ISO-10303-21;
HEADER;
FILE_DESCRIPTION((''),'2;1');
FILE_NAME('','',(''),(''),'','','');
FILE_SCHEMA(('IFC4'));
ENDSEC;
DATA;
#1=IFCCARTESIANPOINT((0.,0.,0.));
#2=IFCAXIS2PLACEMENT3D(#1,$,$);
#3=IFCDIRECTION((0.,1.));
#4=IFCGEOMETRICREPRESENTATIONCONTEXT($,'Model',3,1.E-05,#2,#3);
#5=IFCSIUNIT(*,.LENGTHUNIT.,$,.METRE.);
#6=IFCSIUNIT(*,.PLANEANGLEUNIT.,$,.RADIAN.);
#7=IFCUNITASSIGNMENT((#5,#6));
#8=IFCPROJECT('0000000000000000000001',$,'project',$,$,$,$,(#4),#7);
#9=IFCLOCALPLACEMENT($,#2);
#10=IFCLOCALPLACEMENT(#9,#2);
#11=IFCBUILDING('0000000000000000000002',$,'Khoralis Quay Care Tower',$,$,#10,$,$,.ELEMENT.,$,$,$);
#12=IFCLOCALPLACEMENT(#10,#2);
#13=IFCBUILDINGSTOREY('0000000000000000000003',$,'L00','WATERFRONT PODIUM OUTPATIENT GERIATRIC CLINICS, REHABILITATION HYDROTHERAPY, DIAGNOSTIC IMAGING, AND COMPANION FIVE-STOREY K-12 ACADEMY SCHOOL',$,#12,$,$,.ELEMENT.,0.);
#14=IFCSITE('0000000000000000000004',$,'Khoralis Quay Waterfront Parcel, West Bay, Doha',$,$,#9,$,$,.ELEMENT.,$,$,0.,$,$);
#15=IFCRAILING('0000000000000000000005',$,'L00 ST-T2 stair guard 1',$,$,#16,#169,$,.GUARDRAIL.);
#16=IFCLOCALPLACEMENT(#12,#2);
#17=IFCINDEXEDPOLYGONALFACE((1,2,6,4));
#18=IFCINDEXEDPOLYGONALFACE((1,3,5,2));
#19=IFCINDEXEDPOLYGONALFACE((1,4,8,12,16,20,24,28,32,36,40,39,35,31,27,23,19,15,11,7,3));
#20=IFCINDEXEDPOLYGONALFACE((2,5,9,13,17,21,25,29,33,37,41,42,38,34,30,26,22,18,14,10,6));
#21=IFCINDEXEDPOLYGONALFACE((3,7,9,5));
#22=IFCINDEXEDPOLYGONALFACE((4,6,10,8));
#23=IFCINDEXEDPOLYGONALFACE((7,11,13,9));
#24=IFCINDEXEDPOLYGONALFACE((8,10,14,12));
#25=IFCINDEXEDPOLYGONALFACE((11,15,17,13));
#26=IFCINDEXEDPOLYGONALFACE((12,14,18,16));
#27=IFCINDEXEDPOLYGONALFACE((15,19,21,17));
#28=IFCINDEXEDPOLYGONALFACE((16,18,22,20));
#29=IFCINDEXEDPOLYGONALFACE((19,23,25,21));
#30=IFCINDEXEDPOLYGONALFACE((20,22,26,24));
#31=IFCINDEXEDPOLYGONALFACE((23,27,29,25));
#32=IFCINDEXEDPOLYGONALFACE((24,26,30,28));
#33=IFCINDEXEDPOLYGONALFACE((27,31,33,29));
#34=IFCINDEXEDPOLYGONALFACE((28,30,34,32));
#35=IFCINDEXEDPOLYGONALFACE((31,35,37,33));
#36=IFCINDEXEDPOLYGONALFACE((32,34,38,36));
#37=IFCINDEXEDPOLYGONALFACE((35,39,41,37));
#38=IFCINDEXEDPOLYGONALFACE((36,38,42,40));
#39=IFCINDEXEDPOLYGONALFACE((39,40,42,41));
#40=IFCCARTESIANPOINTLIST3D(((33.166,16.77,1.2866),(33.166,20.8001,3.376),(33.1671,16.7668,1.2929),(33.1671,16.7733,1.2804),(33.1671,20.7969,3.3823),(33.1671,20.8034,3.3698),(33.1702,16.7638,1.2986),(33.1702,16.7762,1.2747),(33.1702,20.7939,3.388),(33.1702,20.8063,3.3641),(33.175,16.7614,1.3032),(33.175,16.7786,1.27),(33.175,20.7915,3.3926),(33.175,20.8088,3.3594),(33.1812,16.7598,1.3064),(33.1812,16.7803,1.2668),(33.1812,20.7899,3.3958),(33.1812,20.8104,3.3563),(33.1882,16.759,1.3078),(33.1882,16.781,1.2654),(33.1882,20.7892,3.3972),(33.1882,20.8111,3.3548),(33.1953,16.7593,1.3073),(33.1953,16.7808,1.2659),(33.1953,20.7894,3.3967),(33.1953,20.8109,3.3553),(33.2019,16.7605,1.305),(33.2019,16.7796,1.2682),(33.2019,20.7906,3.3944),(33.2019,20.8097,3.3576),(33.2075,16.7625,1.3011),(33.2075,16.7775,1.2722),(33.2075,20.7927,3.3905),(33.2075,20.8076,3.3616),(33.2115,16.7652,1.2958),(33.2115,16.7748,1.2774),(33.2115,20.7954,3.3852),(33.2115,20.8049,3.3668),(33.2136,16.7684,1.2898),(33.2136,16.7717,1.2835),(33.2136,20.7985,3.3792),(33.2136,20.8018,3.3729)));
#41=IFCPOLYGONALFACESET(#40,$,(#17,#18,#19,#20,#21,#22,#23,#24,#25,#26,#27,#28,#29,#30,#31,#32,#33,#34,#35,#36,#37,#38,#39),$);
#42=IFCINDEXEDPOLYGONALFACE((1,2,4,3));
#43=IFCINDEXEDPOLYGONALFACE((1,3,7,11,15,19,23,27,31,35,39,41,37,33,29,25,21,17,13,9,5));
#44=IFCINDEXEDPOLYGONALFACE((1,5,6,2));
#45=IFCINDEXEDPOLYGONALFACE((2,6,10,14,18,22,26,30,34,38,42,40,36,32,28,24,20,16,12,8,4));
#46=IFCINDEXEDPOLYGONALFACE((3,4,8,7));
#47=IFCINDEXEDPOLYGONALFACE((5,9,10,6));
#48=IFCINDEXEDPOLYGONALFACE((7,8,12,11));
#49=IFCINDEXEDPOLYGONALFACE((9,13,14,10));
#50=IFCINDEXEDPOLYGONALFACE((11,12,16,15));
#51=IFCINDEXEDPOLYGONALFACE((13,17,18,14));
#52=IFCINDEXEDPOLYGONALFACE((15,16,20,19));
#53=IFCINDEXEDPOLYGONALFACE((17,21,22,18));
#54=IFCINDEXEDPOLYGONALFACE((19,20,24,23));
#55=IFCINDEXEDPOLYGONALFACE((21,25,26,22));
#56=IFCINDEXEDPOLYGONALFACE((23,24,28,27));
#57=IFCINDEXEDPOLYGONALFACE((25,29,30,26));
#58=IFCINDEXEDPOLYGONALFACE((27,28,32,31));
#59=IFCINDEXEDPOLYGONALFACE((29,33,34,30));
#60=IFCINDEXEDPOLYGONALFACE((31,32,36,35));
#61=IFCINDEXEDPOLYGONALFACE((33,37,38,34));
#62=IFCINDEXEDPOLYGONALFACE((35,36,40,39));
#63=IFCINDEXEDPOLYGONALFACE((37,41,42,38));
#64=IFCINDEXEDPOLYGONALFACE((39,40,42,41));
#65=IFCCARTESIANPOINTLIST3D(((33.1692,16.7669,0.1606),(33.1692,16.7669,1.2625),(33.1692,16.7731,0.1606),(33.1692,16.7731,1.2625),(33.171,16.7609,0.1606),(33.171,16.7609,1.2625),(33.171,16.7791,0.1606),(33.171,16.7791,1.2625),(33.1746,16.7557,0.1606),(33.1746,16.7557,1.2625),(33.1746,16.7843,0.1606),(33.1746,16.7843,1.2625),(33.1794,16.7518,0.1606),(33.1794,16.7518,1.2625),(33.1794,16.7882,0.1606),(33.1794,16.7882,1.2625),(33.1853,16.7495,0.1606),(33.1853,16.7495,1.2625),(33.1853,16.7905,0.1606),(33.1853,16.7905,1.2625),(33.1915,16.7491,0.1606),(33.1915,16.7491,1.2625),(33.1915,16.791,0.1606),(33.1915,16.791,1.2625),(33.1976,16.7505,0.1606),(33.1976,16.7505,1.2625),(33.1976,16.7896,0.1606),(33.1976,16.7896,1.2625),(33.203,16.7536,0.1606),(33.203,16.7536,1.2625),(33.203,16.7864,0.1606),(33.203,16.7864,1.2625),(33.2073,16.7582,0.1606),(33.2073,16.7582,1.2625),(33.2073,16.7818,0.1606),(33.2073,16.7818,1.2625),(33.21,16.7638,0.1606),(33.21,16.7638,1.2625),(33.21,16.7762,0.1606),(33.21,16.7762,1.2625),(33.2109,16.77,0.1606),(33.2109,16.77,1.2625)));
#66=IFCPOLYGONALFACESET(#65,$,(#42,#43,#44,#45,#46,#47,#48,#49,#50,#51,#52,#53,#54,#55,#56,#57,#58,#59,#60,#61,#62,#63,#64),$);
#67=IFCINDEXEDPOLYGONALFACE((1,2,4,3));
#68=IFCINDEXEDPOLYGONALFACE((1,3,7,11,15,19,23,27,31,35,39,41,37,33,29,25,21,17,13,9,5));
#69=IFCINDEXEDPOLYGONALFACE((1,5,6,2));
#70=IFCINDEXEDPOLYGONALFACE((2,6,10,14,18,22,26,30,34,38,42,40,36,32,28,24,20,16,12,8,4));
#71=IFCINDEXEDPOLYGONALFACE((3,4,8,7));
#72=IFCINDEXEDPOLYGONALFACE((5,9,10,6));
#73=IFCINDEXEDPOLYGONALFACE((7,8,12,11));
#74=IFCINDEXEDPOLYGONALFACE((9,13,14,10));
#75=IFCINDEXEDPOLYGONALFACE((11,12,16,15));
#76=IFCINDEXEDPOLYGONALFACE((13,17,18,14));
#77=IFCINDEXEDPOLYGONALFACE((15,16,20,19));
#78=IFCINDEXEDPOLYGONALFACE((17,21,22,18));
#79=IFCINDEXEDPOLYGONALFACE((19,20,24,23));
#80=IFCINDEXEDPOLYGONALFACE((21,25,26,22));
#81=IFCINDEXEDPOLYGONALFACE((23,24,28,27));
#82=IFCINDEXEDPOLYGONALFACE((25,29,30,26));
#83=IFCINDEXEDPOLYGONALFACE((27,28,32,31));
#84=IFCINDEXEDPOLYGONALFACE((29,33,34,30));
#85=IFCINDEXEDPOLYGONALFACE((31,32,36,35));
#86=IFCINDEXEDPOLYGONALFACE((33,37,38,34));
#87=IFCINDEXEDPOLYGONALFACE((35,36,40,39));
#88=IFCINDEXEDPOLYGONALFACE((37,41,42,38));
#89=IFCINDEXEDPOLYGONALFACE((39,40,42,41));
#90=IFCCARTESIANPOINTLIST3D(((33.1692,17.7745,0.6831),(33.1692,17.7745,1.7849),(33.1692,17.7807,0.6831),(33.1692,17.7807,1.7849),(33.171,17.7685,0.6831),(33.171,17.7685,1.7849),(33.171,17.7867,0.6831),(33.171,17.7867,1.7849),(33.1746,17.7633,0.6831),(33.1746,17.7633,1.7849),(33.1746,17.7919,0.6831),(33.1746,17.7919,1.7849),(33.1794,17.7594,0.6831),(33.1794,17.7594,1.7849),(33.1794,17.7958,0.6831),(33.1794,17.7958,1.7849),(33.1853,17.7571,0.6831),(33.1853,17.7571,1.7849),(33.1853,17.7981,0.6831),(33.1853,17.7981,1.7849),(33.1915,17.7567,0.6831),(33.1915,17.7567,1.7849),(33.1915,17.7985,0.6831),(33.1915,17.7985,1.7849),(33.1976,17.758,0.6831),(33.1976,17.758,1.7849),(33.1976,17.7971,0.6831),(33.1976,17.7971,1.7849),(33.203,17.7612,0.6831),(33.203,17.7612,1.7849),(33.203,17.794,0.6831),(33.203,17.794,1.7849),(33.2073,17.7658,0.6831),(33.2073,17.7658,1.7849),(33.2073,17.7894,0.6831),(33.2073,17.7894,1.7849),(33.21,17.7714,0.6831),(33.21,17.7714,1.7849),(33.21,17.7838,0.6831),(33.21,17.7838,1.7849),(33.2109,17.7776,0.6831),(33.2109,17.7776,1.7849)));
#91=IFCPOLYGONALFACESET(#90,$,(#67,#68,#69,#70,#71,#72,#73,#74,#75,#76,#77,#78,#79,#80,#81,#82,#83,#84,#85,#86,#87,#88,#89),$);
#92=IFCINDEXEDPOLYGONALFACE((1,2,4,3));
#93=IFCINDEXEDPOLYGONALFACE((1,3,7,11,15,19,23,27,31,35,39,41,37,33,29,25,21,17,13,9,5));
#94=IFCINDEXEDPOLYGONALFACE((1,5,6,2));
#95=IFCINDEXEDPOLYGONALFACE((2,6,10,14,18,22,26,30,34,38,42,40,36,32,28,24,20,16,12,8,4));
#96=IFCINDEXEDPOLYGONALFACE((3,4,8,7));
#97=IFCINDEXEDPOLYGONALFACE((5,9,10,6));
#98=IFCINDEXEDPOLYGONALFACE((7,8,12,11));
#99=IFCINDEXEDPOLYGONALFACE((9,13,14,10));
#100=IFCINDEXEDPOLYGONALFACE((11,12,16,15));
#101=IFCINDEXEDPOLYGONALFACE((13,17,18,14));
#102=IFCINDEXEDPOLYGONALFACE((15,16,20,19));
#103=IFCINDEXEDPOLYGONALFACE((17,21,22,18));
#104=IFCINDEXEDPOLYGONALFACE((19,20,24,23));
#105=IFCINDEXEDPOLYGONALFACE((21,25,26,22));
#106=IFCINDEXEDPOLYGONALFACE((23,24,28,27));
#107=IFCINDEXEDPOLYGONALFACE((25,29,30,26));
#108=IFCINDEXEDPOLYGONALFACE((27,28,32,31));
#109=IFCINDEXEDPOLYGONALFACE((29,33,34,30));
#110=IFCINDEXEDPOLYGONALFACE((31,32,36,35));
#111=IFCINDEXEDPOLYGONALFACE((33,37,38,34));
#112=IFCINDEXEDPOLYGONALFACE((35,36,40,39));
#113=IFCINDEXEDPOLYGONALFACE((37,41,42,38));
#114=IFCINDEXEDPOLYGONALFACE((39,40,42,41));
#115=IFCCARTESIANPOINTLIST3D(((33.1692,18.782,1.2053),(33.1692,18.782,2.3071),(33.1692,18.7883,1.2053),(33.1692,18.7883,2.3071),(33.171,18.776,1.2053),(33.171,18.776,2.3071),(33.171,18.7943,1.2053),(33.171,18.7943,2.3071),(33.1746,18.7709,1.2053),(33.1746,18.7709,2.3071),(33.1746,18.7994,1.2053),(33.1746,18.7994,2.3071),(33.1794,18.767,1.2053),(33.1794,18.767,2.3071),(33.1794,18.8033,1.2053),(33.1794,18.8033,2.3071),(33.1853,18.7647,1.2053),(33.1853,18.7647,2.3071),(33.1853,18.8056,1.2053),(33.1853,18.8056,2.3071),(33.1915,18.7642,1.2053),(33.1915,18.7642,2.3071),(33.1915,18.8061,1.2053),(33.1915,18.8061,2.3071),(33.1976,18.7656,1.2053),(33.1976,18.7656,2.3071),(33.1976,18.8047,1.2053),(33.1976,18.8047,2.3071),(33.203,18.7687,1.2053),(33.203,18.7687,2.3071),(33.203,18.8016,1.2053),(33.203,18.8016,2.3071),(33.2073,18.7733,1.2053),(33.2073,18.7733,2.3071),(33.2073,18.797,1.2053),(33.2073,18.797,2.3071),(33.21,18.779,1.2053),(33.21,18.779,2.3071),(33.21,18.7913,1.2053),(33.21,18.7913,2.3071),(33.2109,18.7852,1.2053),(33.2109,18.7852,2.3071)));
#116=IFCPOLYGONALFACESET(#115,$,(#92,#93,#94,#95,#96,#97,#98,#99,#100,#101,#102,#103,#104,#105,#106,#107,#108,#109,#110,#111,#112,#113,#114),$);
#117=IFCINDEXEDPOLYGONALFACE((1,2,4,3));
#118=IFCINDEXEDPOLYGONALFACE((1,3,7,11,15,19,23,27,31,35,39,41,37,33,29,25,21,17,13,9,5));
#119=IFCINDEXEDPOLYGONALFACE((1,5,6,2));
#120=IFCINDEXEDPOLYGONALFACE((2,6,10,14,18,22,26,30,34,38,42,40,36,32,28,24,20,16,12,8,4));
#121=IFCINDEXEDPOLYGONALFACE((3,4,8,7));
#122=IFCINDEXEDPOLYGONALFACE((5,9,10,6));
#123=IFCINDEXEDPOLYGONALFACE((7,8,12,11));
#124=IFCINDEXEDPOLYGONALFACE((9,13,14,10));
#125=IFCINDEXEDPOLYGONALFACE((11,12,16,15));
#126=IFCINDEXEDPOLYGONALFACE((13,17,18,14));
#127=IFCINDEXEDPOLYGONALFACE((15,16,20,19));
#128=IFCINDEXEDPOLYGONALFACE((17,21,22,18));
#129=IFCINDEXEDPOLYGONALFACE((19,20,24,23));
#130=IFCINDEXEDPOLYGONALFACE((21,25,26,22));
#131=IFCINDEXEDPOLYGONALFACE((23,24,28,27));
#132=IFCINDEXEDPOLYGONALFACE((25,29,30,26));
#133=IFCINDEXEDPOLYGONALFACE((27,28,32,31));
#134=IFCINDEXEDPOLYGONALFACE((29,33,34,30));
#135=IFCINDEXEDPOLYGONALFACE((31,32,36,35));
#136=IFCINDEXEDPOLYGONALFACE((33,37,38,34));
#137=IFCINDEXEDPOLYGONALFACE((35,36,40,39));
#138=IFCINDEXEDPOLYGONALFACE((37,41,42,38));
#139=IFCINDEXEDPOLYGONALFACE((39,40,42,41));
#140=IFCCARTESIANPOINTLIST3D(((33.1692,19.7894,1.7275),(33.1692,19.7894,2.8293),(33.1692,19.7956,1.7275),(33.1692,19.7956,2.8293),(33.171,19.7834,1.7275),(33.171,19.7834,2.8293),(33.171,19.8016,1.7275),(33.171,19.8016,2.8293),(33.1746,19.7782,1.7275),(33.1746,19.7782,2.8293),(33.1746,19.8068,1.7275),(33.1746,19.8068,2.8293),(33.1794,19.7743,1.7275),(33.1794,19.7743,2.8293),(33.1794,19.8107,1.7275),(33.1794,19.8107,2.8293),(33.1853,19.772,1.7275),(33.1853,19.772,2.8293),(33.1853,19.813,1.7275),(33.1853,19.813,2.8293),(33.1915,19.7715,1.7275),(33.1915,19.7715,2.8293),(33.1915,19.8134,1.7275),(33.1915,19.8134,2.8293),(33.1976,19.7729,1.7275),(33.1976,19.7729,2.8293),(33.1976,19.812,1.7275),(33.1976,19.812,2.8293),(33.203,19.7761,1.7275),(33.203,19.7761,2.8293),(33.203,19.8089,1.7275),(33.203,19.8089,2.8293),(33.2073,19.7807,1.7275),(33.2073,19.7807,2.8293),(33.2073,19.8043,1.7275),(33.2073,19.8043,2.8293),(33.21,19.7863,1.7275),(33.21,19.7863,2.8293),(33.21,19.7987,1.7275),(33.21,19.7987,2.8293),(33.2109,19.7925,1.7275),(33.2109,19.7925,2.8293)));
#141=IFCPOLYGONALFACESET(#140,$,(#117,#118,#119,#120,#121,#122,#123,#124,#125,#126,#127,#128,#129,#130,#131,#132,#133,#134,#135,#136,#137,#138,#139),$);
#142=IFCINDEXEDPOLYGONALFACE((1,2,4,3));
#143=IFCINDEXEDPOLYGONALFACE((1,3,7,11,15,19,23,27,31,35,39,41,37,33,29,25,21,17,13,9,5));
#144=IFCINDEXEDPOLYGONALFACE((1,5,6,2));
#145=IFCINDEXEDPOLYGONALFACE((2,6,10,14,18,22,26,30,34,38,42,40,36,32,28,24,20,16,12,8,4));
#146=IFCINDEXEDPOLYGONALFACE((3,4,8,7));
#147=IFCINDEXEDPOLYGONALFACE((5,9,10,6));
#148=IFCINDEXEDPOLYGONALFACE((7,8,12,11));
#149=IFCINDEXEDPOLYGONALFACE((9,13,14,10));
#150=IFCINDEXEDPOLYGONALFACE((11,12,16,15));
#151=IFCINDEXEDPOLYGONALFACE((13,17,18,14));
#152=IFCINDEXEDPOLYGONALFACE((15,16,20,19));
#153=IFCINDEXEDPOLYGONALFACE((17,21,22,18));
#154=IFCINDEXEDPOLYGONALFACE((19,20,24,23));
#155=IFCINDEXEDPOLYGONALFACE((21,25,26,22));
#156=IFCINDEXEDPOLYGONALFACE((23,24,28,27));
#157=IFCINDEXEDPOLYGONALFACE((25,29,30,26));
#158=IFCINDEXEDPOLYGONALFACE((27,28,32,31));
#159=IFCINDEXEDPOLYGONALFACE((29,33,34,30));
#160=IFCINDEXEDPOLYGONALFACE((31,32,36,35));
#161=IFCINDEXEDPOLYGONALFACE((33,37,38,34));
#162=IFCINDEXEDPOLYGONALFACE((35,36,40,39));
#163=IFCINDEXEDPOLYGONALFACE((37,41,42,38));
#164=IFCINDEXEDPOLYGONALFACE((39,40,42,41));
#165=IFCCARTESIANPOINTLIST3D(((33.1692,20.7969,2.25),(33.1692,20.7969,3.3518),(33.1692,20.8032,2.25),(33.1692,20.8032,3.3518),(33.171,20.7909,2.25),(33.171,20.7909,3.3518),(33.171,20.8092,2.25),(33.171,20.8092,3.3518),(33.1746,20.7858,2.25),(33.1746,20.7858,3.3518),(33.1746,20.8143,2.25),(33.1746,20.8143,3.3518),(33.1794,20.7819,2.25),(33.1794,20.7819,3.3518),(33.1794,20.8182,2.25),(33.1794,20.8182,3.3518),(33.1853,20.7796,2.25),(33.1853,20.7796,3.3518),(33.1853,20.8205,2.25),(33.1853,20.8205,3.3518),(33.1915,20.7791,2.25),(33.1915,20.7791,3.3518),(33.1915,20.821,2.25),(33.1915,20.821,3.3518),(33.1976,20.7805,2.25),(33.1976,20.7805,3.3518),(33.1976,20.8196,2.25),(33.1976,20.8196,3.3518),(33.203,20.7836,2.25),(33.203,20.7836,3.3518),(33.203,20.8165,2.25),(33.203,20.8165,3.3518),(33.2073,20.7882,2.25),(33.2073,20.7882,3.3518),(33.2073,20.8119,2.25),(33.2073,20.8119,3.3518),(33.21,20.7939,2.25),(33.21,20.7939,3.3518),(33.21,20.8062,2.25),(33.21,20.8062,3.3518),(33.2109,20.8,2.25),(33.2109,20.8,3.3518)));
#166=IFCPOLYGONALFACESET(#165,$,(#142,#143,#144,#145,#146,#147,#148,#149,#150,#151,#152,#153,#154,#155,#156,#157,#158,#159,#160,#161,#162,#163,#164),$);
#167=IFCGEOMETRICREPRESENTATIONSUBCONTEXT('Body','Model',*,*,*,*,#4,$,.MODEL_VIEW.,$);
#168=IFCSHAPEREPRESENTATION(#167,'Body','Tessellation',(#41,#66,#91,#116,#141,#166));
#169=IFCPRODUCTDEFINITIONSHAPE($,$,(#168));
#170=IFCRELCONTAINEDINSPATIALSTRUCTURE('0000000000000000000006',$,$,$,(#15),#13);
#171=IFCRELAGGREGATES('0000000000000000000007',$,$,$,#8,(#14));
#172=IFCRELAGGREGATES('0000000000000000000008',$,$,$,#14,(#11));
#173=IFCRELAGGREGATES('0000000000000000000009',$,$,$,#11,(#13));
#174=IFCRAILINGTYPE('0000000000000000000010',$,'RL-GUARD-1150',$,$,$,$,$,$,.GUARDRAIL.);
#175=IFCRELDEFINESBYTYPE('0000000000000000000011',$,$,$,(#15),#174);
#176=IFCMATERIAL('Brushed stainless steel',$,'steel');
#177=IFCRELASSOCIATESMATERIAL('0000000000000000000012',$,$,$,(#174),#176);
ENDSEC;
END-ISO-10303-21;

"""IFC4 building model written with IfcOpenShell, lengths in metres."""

from ifc_helpers import new_model, si_unit, direction, frame, origin, origin_2d, place, context, subcontext, project, spatial, circle, extrude, material, type_object, element, save


model = new_model("IFC4")

# Units and contexts
model_context = context("Model", 3, precision=1e-05, world=origin(), true_north=direction((0.0, 1.0)))
body_context = subcontext(model_context, "Body", "Model", "MODEL_VIEW")
ifc_project = project(units=[si_unit("LENGTHUNIT", "METRE"), si_unit("PLANEANGLEUNIT", "RADIAN")], contexts=[model_context])

# Site, building, storey
site_placement = place(None, origin())
site = spatial("IfcSite", under=ifc_project, at=site_placement, Name="Khoralis Quay Waterfront Parcel, West Bay, Doha", CompositionType="ELEMENT", RefElevation=0.0)
building_placement = place(site_placement, origin())
building = spatial("IfcBuilding", under=site, at=building_placement, Name="Khoralis Quay Care Tower", CompositionType="ELEMENT")
storey_placement = place(building_placement, origin())
storey = spatial("IfcBuildingStorey", under=building, at=storey_placement, Name="L00", Description="WATERFRONT PODIUM OUTPATIENT GERIATRIC CLINICS, REHABILITATION HYDROTHERAPY, DIAGNOSTIC IMAGING, AND COMPANION FIVE-STOREY K-12 ACADEMY SCHOOL", CompositionType="ELEMENT", Elevation=0.0)

# Shared definitions
ifc_material_1 = material(Name="Brushed stainless steel", Category="steel")

# Railing
railing_type_1 = type_object("IfcRailingType", Name="RL-GUARD-1150", PredefinedType="GUARDRAIL", material=ifc_material_1)
railing_1_placement = place(storey_placement, frame((33.1899, 16.77, 0.1606)))
element("IfcRailing", 1, at=railing_1_placement, inside=storey, type_object=railing_type_1, Name="L00 ST-T2 stair guard 1", PredefinedType="GUARDRAIL", context=body_context, shape_type="SweptSolid", body=[
    extrude(circle(Radius=0.0239, at=origin_2d()), frame((0.0, 0.0, 1.126), z_axis=(0.0, 0.887781, 0.460267), x_axis=(-1.0, 0.0, 0.0)), (0.0, 0.0, 1.0), 4.5396),
    extrude(circle(Radius=0.021, at=origin_2d()), origin(), (0.0, 0.0, 1.0), 1.1018),
    extrude(circle(Radius=0.021, at=origin_2d()), frame((0.0, 1.0076, 0.5225)), (0.0, 0.0, 1.0), 1.1018),
    extrude(circle(Radius=0.021, at=origin_2d()), frame((0.0, 2.0151, 1.0447)), (0.0, 0.0, 1.0), 1.1018),
    extrude(circle(Radius=0.021, at=origin_2d()), frame((0.0, 3.0225, 1.5669)), (0.0, 0.0, 1.0), 1.1018),
    extrude(circle(Radius=0.021, at=origin_2d()), frame((0.0, 4.03, 2.0894)), (0.0, 0.0, 1.0), 1.1018),
])

save(model, "model.ifc")
